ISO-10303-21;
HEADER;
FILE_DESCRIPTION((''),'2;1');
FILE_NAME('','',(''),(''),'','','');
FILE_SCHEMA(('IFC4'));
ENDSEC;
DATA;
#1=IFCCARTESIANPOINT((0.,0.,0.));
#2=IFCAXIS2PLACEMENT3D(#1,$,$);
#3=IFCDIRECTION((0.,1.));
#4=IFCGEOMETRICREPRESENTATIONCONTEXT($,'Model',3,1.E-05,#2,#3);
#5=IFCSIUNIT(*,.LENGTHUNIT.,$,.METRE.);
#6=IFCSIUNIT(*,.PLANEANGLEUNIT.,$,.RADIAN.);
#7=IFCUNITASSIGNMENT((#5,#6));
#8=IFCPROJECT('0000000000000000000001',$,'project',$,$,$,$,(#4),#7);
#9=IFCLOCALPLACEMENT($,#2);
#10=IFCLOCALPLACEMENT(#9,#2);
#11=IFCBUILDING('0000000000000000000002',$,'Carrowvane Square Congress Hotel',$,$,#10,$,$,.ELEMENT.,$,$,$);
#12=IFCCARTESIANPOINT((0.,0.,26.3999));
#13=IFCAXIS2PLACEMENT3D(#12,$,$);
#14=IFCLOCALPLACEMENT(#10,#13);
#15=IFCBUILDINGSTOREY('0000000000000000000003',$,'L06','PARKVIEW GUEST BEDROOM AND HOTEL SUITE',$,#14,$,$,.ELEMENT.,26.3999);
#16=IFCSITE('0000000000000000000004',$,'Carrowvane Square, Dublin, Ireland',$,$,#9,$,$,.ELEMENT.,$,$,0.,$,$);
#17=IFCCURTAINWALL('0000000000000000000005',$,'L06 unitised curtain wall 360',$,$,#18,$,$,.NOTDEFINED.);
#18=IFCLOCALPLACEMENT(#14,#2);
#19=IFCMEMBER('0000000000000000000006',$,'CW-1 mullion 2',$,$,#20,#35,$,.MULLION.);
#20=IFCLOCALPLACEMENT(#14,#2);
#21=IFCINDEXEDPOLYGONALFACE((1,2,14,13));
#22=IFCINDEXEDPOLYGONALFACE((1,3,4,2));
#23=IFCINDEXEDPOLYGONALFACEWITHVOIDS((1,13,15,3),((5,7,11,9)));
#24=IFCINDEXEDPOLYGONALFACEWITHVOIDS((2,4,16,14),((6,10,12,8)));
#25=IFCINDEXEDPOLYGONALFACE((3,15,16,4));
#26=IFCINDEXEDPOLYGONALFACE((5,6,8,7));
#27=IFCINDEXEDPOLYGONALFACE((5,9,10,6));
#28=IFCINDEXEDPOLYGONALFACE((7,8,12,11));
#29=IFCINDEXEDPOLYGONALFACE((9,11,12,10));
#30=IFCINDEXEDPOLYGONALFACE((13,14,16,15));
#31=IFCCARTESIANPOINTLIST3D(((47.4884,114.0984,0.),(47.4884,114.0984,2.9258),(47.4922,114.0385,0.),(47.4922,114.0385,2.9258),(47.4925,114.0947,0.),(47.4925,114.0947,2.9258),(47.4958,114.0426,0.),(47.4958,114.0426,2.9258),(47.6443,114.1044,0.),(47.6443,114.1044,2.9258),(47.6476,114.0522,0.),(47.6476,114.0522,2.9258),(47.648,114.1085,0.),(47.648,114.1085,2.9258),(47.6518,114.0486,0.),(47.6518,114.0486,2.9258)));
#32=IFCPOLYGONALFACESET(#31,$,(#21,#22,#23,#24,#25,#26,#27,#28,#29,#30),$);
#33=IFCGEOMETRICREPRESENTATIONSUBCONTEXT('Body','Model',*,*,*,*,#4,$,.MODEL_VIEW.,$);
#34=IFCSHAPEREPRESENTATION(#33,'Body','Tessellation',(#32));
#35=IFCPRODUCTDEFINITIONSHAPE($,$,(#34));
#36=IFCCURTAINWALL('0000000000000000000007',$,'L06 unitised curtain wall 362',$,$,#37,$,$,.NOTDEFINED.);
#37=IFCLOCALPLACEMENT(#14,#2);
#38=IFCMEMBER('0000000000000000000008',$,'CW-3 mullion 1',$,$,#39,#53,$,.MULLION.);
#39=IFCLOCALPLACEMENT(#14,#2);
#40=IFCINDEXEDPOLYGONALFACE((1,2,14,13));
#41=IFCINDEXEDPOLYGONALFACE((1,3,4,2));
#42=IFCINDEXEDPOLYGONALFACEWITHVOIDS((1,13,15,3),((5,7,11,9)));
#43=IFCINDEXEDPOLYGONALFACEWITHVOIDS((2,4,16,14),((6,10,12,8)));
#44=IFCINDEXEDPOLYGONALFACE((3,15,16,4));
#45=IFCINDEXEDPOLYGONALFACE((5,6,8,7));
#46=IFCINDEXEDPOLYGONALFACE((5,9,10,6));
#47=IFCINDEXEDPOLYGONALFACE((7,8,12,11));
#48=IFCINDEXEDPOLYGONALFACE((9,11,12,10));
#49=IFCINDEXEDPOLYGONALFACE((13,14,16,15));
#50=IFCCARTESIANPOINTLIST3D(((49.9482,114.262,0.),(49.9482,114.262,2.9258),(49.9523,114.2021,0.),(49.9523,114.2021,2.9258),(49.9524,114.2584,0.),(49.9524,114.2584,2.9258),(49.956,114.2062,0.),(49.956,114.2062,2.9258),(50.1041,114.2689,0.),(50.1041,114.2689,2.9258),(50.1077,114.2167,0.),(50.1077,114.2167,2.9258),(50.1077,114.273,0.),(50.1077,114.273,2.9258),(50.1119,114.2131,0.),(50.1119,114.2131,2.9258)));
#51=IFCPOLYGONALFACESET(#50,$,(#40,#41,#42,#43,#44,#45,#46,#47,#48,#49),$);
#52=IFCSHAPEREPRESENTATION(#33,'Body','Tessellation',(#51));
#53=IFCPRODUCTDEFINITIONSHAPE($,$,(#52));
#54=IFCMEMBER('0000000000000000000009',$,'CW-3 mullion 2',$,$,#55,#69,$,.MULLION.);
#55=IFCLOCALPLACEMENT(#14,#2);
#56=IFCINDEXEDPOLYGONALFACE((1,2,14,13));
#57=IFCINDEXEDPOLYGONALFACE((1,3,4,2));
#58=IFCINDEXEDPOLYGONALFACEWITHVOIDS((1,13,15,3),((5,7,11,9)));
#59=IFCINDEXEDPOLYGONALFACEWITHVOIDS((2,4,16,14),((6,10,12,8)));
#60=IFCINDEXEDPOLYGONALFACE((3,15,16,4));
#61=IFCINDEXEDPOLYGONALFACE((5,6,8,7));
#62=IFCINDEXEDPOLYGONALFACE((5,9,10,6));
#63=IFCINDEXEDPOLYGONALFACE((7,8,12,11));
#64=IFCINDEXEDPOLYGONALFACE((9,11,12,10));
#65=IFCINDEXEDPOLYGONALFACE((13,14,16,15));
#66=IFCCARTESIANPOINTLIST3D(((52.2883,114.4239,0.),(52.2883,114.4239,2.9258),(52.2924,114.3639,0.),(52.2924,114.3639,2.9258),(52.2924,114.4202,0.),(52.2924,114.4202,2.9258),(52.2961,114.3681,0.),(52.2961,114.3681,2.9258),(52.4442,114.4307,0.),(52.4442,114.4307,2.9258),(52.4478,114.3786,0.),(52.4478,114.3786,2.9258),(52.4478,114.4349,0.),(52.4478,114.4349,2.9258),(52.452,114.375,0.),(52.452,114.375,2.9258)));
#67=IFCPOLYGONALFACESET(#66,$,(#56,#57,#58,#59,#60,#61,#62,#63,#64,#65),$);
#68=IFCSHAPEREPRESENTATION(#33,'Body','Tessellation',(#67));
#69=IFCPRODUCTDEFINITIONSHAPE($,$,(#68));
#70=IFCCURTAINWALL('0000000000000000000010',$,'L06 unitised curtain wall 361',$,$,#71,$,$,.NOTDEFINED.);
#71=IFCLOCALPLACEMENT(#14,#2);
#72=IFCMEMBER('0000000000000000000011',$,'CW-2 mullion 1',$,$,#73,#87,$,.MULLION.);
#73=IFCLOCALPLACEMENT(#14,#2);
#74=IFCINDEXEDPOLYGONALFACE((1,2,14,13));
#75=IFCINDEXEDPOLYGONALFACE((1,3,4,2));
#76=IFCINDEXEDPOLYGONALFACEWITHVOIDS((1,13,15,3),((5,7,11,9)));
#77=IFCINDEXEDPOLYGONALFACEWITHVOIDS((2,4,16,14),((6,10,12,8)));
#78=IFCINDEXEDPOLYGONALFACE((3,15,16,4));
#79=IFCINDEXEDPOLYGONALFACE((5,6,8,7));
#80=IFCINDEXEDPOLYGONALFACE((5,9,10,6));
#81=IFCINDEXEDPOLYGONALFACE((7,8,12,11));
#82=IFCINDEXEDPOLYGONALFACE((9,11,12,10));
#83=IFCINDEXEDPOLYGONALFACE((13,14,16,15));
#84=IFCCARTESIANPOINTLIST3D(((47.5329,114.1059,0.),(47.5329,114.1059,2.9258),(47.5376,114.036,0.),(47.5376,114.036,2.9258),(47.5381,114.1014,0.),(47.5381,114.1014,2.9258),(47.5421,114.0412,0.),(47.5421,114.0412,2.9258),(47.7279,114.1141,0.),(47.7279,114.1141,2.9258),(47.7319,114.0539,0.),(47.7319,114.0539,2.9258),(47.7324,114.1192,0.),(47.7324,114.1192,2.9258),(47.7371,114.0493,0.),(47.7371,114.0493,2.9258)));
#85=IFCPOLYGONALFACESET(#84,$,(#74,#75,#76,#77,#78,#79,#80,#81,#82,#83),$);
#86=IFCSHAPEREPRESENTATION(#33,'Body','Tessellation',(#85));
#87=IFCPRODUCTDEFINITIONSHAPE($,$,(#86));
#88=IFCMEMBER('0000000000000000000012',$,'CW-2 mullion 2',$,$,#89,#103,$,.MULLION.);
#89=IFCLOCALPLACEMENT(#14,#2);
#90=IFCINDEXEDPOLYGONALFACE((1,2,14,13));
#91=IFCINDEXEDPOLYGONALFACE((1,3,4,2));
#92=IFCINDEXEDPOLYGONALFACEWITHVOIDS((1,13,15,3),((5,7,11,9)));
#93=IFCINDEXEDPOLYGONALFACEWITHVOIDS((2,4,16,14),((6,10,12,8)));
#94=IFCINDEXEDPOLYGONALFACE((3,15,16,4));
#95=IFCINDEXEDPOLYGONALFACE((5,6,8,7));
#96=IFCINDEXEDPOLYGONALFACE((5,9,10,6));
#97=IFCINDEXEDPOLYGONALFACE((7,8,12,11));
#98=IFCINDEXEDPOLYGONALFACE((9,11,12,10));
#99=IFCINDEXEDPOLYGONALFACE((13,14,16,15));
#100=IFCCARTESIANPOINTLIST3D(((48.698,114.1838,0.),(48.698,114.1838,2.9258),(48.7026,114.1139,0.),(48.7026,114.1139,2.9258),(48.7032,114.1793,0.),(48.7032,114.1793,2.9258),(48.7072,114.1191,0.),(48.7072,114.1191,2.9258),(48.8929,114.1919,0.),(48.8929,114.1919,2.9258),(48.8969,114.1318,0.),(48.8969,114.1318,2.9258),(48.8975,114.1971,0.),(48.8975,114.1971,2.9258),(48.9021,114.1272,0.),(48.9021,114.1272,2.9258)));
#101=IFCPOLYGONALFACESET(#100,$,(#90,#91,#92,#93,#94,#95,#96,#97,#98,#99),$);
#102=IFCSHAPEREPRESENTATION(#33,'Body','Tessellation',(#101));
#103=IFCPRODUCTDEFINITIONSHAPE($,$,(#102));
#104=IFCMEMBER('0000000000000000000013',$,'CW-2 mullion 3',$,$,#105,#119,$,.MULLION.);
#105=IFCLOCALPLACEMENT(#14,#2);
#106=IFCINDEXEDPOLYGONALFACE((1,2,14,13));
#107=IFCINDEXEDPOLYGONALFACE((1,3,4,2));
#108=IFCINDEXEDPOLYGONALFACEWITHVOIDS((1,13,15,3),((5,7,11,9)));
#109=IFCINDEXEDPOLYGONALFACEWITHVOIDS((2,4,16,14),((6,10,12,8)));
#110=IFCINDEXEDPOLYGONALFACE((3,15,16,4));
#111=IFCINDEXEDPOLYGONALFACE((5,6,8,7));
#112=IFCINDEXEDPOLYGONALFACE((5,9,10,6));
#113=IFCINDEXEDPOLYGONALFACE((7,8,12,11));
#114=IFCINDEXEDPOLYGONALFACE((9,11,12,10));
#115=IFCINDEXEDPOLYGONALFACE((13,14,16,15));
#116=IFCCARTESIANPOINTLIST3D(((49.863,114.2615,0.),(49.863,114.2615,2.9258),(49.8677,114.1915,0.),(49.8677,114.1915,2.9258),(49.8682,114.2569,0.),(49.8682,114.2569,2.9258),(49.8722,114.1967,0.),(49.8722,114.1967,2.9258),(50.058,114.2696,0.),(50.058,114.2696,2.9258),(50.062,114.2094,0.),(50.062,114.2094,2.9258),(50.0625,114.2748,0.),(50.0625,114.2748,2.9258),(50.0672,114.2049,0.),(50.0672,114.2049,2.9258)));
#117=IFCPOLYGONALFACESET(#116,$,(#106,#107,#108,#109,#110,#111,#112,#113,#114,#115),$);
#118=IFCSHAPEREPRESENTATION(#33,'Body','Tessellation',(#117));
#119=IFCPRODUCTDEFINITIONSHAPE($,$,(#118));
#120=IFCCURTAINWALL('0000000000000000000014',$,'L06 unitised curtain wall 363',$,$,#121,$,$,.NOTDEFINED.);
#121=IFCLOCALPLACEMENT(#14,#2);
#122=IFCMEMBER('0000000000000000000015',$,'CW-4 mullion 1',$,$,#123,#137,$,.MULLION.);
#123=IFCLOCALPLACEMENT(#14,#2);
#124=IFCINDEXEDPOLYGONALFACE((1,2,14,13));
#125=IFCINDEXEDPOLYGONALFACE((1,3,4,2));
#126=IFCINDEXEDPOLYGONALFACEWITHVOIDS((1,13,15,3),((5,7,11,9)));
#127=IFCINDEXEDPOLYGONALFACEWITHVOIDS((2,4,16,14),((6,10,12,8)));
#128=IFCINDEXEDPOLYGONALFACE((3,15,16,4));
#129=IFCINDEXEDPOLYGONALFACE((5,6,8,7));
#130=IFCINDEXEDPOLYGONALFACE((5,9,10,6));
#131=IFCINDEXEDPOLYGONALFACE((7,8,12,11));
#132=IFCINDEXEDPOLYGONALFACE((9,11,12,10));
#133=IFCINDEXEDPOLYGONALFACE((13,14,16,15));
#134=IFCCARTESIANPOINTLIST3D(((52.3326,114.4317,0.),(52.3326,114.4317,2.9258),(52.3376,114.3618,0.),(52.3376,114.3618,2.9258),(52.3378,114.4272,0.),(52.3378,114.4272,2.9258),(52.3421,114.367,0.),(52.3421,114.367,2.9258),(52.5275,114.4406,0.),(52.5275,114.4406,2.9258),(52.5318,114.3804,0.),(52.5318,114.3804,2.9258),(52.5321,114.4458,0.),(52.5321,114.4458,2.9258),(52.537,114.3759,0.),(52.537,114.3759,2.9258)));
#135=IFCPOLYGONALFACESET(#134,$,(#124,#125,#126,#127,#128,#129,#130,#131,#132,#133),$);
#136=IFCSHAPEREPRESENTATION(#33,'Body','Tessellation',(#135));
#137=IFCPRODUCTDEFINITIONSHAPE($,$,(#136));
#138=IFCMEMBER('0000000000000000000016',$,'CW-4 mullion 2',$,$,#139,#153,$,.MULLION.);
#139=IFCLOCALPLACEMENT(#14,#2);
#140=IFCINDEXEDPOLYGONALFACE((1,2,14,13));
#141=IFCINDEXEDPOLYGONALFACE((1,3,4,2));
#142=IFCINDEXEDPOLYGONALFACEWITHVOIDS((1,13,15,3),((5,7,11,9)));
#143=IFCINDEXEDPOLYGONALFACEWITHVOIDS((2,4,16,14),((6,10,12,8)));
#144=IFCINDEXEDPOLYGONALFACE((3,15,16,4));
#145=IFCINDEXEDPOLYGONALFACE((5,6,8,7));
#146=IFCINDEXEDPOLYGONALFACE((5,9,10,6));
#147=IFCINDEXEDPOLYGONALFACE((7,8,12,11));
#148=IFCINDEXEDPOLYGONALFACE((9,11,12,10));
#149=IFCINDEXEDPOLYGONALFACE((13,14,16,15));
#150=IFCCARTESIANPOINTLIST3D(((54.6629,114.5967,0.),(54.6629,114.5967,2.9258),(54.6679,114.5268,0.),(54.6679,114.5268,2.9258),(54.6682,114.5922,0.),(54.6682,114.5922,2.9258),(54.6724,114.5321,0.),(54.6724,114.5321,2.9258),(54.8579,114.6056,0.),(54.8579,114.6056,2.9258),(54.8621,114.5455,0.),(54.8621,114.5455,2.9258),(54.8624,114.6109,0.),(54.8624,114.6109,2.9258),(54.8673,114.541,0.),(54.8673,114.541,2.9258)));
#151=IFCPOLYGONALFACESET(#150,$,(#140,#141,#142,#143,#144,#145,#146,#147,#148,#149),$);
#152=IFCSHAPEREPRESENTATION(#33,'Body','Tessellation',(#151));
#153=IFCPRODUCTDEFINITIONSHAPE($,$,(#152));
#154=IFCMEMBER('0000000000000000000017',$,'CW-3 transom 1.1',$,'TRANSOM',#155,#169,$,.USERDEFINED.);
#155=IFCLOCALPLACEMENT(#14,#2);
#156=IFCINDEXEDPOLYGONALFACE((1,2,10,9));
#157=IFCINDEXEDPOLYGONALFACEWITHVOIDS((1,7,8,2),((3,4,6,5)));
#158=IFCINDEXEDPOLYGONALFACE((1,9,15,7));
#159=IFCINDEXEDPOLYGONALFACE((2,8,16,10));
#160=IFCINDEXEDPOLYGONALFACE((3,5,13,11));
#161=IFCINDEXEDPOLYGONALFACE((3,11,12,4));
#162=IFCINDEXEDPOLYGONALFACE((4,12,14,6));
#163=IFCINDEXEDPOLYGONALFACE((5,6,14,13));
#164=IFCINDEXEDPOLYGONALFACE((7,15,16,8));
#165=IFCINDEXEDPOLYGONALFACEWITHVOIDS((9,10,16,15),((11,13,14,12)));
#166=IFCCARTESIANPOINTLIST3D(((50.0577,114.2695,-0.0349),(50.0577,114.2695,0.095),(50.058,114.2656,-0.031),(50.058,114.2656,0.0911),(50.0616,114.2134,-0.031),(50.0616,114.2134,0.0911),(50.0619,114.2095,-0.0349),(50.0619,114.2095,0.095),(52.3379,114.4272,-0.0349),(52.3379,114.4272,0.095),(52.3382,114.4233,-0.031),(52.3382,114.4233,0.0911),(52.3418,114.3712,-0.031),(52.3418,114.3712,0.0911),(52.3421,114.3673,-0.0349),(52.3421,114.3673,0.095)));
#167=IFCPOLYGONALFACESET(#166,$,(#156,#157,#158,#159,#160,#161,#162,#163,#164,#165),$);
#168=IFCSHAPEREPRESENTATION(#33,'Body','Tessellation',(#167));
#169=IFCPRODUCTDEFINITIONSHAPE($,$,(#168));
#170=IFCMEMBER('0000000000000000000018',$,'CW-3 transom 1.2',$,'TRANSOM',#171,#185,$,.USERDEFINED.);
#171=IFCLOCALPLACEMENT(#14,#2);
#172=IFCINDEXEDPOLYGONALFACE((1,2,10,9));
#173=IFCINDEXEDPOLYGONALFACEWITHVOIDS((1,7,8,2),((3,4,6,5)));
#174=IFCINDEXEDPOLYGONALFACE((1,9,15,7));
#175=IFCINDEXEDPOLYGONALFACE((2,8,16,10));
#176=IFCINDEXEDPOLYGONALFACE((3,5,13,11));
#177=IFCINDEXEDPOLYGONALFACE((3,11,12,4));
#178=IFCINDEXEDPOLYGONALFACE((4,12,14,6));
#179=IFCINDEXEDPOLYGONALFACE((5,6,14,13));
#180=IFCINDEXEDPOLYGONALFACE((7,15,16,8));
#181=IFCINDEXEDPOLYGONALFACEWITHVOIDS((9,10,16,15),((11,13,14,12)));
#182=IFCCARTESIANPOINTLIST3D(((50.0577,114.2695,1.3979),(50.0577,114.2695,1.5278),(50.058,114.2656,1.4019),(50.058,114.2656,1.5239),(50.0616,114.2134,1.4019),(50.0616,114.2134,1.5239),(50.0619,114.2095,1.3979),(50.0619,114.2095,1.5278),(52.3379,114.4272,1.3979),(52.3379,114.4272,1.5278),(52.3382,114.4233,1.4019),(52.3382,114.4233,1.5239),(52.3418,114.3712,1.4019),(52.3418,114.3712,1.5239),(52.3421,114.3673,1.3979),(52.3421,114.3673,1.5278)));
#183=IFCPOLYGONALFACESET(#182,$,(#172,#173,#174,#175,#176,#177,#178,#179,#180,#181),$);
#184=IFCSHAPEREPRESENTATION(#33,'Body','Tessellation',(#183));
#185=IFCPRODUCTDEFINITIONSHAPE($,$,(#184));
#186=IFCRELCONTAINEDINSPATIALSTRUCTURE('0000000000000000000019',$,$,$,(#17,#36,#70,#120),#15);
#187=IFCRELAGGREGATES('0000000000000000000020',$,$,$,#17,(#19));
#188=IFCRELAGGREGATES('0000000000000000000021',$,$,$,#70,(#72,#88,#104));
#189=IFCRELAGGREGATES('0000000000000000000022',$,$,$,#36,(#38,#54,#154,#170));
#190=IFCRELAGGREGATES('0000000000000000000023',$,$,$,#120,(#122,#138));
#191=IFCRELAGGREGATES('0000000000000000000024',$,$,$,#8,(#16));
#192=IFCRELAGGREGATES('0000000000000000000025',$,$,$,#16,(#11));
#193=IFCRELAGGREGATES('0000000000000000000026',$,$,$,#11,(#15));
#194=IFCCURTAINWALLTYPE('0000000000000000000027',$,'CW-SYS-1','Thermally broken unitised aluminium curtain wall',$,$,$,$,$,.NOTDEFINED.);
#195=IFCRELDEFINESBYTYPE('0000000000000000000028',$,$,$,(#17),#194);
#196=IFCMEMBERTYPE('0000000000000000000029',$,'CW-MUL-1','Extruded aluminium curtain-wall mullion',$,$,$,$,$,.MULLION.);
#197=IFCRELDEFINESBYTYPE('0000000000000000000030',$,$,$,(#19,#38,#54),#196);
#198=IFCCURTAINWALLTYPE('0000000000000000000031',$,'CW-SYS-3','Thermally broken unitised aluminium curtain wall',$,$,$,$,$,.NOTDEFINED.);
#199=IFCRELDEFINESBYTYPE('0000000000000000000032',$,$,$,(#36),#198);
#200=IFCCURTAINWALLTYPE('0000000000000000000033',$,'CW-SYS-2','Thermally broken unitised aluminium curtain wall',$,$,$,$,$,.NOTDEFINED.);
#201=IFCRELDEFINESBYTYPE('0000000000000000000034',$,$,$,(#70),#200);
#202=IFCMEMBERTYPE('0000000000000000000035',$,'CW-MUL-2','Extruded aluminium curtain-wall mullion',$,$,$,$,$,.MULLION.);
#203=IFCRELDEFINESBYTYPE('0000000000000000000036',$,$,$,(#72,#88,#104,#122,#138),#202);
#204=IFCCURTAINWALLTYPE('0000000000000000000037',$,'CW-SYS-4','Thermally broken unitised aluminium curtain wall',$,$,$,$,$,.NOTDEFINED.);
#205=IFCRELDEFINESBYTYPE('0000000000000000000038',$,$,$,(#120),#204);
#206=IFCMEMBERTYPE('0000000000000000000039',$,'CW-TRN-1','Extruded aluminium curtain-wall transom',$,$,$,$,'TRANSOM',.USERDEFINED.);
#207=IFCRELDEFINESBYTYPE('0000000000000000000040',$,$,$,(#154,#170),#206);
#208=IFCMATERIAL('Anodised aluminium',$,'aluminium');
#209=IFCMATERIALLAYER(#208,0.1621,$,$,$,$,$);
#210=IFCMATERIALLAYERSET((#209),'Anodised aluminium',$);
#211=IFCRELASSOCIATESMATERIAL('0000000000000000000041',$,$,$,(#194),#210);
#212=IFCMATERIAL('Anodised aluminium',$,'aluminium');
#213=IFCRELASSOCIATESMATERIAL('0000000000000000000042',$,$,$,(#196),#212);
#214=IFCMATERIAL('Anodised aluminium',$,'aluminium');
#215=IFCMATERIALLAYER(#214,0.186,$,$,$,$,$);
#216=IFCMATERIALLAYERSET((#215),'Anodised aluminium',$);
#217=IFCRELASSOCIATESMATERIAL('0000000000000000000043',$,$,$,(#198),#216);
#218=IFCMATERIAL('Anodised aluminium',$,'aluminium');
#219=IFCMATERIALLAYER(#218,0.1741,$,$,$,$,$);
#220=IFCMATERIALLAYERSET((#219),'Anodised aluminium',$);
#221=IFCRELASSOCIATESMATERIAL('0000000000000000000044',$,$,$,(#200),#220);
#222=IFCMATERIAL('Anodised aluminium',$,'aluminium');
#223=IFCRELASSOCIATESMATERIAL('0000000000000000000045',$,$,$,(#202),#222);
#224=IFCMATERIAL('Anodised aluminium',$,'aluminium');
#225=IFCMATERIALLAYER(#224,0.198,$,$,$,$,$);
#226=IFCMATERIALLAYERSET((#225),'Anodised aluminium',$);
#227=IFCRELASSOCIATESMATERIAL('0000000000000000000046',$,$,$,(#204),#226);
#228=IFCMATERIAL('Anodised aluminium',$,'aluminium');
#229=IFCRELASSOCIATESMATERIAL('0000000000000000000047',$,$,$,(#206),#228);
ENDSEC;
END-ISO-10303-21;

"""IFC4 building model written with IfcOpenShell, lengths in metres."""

from ifc_helpers import new_model, si_unit, direction, frame, origin, origin_2d, place, context, subcontext, project, spatial, hollow_rectangle, extrude, material, layer, layer_set, material_profile, profile_set, type_object, element, aggregate, save


model = new_model("IFC4")

# Units and contexts
model_context = context("Model", 3, precision=1e-05, world=origin(), true_north=direction((0.0, 1.0)))
body_context = subcontext(model_context, "Body", "Model", "MODEL_VIEW")
ifc_project = project(units=[si_unit("LENGTHUNIT", "METRE"), si_unit("PLANEANGLEUNIT", "RADIAN")], contexts=[model_context])

# Site, building, storey
site_placement = place(None, origin())
site = spatial("IfcSite", under=ifc_project, at=site_placement, Name="Carrowvane Square, Dublin, Ireland", CompositionType="ELEMENT", RefElevation=0.0)
building_placement = place(site_placement, origin())
building = spatial("IfcBuilding", under=site, at=building_placement, Name="Carrowvane Square Congress Hotel", CompositionType="ELEMENT")
storey_placement = place(building_placement, frame((0.0, 0.0, 26.3999)))
storey = spatial("IfcBuildingStorey", under=building, at=storey_placement, Name="L06", Description="PARKVIEW GUEST BEDROOM AND HOTEL SUITE", CompositionType="ELEMENT", Elevation=26.3999)

# Curtain wall, member
ifc_material_1 = material(Name="Anodised aluminium", Category="aluminium")
ifc_layer_1 = layer(ifc_material_1, 0.1621)
ifc_layer_set_1 = layer_set([ifc_layer_1], Name="Anodised aluminium")
curtain_wall_type_1 = type_object("IfcCurtainWallType", Name="CW-SYS-1", Description="Thermally broken unitised aluminium curtain wall", PredefinedType="NOTDEFINED", material=ifc_layer_set_1)
curtain_wall_1_placement = place(storey_placement, origin())
curtain_wall_1 = element("IfcCurtainWall", 1, at=curtain_wall_1_placement, inside=storey, type_object=curtain_wall_type_1, Name="L06 unitised curtain wall 360", PredefinedType="NOTDEFINED")
ifc_material_2 = material(Name="Anodised aluminium", Category="aluminium")
ifc_material_profile_1 = material_profile(ifc_material_2, hollow_rectangle(XDim=0.0601, YDim=0.1599, WallThickness=0.0039, at=origin_2d()), Name="CW-ML 60x160x4")
ifc_profile_set_1 = profile_set([ifc_material_profile_1], Name="Anodised aluminium")
member_type_1 = type_object("IfcMemberType", Name="CW-MUL-1", Description="Extruded aluminium curtain-wall mullion", PredefinedType="MULLION", material=ifc_profile_set_1)
member_1_placement = place(storey_placement, frame((47.5701, 114.0735, 0.0), z_axis=(0.0, 0.0, 1.0), x_axis=(-0.063273, 0.997996, 0.0)))
member_1 = element("IfcMember", 2, at=member_1_placement, type_object=member_type_1, Name="CW-1 mullion 2", PredefinedType="MULLION", context=body_context, shape_type="SweptSolid", body=[
    extrude(hollow_rectangle(XDim=0.0601, YDim=0.1599, WallThickness=0.0039, at=origin_2d()), origin(), (0.0, 0.0, 1.0), 2.9258),
])

# Curtain walls, members
ifc_material_3 = material(Name="Anodised aluminium", Category="aluminium")
ifc_layer_2 = layer(ifc_material_3, 0.186)
ifc_layer_set_2 = layer_set([ifc_layer_2], Name="Anodised aluminium")
curtain_wall_type_2 = type_object("IfcCurtainWallType", Name="CW-SYS-3", Description="Thermally broken unitised aluminium curtain wall", PredefinedType="NOTDEFINED", material=ifc_layer_set_2)
curtain_wall_2_placement = place(storey_placement, origin())
curtain_wall_2 = element("IfcCurtainWall", 3, at=curtain_wall_2_placement, inside=storey, type_object=curtain_wall_type_2, Name="L06 unitised curtain wall 362", PredefinedType="NOTDEFINED")
member_2_placement = place(storey_placement, frame((50.03, 114.2375, 0.0), z_axis=(0.0, 0.0, 1.0), x_axis=(-0.068986, 0.997618, 0.0)))
member_2 = element("IfcMember", 4, at=member_2_placement, type_object=member_type_1, Name="CW-3 mullion 1", PredefinedType="MULLION", context=body_context, shape_type="SweptSolid", body=[
    extrude(hollow_rectangle(XDim=0.0601, YDim=0.1599, WallThickness=0.0039, at=origin_2d()), origin(), (0.0, 0.0, 1.0), 2.9258),
])
member_3_placement = place(storey_placement, frame((52.3701, 114.3994, 0.0), z_axis=(0.0, 0.0, 1.0), x_axis=(-0.068986, 0.997618, 0.0)))
member_3 = element("IfcMember", 5, at=member_3_placement, type_object=member_type_1, Name="CW-3 mullion 2", PredefinedType="MULLION", context=body_context, shape_type="SweptSolid", body=[
    extrude(hollow_rectangle(XDim=0.0601, YDim=0.1599, WallThickness=0.0039, at=origin_2d()), origin(), (0.0, 0.0, 1.0), 2.9258),
])
ifc_material_4 = material(Name="Anodised aluminium", Category="aluminium")
ifc_layer_3 = layer(ifc_material_4, 0.1741)
ifc_layer_set_3 = layer_set([ifc_layer_3], Name="Anodised aluminium")
curtain_wall_type_3 = type_object("IfcCurtainWallType", Name="CW-SYS-2", Description="Thermally broken unitised aluminium curtain wall", PredefinedType="NOTDEFINED", material=ifc_layer_set_3)
curtain_wall_3_placement = place(storey_placement, origin())
curtain_wall_3 = element("IfcCurtainWall", 6, at=curtain_wall_3_placement, inside=storey, type_object=curtain_wall_type_3, Name="L06 unitised curtain wall 361", PredefinedType="NOTDEFINED")
ifc_material_5 = material(Name="Anodised aluminium", Category="aluminium")
ifc_material_profile_2 = material_profile(ifc_material_5, hollow_rectangle(XDim=0.0701, YDim=0.2, WallThickness=0.0049, at=origin_2d()), Name="CW-ML 70x200x5")
ifc_profile_set_2 = profile_set([ifc_material_profile_2], Name="Anodised aluminium")
member_type_2 = type_object("IfcMemberType", Name="CW-MUL-2", Description="Extruded aluminium curtain-wall mullion", PredefinedType="MULLION", material=ifc_profile_set_2)
member_4_placement = place(storey_placement, frame((47.635, 114.0776, 0.0), z_axis=(0.0, 0.0, 1.0), x_axis=(-0.066578, 0.997781, 0.0)))
member_4 = element("IfcMember", 7, at=member_4_placement, type_object=member_type_2, Name="CW-2 mullion 1", PredefinedType="MULLION", context=body_context, shape_type="SweptSolid", body=[
    extrude(hollow_rectangle(XDim=0.0701, YDim=0.2, WallThickness=0.0049, at=origin_2d()), origin(), (0.0, 0.0, 1.0), 2.9258),
])
member_5_placement = place(storey_placement, frame((48.8, 114.1555, 0.0), z_axis=(0.0, 0.0, 1.0), x_axis=(-0.066578, 0.997781, 0.0)))
member_5 = element("IfcMember", 8, at=member_5_placement, type_object=member_type_2, Name="CW-2 mullion 2", PredefinedType="MULLION", context=body_context, shape_type="SweptSolid", body=[
    extrude(hollow_rectangle(XDim=0.0701, YDim=0.2, WallThickness=0.0049, at=origin_2d()), origin(), (0.0, 0.0, 1.0), 2.9258),
])
member_6_placement = place(storey_placement, frame((49.9651, 114.2332, 0.0), z_axis=(0.0, 0.0, 1.0), x_axis=(-0.066578, 0.997781, 0.0)))
member_6 = element("IfcMember", 9, at=member_6_placement, type_object=member_type_2, Name="CW-2 mullion 3", PredefinedType="MULLION", context=body_context, shape_type="SweptSolid", body=[
    extrude(hollow_rectangle(XDim=0.0701, YDim=0.2, WallThickness=0.0049, at=origin_2d()), origin(), (0.0, 0.0, 1.0), 2.9258),
])
ifc_material_6 = material(Name="Anodised aluminium", Category="aluminium")
ifc_layer_4 = layer(ifc_material_6, 0.198)
ifc_layer_set_4 = layer_set([ifc_layer_4], Name="Anodised aluminium")
curtain_wall_type_4 = type_object("IfcCurtainWallType", Name="CW-SYS-4", Description="Thermally broken unitised aluminium curtain wall", PredefinedType="NOTDEFINED", material=ifc_layer_set_4)
curtain_wall_4_placement = place(storey_placement, origin())
curtain_wall_4 = element("IfcCurtainWall", 10, at=curtain_wall_4_placement, inside=storey, type_object=curtain_wall_type_4, Name="L06 unitised curtain wall 363", PredefinedType="NOTDEFINED")
member_7_placement = place(storey_placement, frame((52.4348, 114.4038, 0.0), z_axis=(0.0, 0.0, 1.0), x_axis=(-0.070586, 0.997506, 0.0)))
member_7 = element("IfcMember", 11, at=member_7_placement, type_object=member_type_2, Name="CW-4 mullion 1", PredefinedType="MULLION", context=body_context, shape_type="SweptSolid", body=[
    extrude(hollow_rectangle(XDim=0.0701, YDim=0.2, WallThickness=0.0049, at=origin_2d()), origin(), (0.0, 0.0, 1.0), 2.9258),
])
member_8_placement = place(storey_placement, frame((54.7651, 114.5688, 0.0), z_axis=(0.0, 0.0, 1.0), x_axis=(-0.070586, 0.997506, 0.0)))
member_8 = element("IfcMember", 12, at=member_8_placement, type_object=member_type_2, Name="CW-4 mullion 2", PredefinedType="MULLION", context=body_context, shape_type="SweptSolid", body=[
    extrude(hollow_rectangle(XDim=0.0701, YDim=0.2, WallThickness=0.0049, at=origin_2d()), origin(), (0.0, 0.0, 1.0), 2.9258),
])

# Members
ifc_material_7 = material(Name="Anodised aluminium", Category="aluminium")
ifc_material_profile_3 = material_profile(ifc_material_7, hollow_rectangle(XDim=0.0601, YDim=0.1299, WallThickness=0.0039, at=origin_2d()), Name="CW-TR 60x130x4")
ifc_profile_set_3 = profile_set([ifc_material_profile_3], Name="Anodised aluminium")
member_type_3 = type_object("IfcMemberType", Name="CW-TRN-1", Description="Extruded aluminium curtain-wall transom", ElementType="TRANSOM", PredefinedType="USERDEFINED", material=ifc_profile_set_3)
member_9_placement = place(storey_placement, frame((50.0598, 114.2395, 0.03), z_axis=(0.997617, 0.069, 0.0), x_axis=(-0.069, 0.997617, 0.0)))
member_9 = element("IfcMember", 13, at=member_9_placement, type_object=member_type_3, Name="CW-3 transom 1.1", ObjectType="TRANSOM", PredefinedType="USERDEFINED", context=body_context, shape_type="SweptSolid", body=[
    extrude(hollow_rectangle(XDim=0.0601, YDim=0.1299, WallThickness=0.0039, at=origin_2d()), origin(), (0.0, 0.0, 1.0), 2.2856),
])
member_10_placement = place(storey_placement, frame((50.0598, 114.2395, 1.4629), z_axis=(0.997617, 0.069, 0.0), x_axis=(-0.069, 0.997617, 0.0)))
member_10 = element("IfcMember", 14, at=member_10_placement, type_object=member_type_3, Name="CW-3 transom 1.2", ObjectType="TRANSOM", PredefinedType="USERDEFINED", context=body_context, shape_type="SweptSolid", body=[
    extrude(hollow_rectangle(XDim=0.0601, YDim=0.1299, WallThickness=0.0039, at=origin_2d()), origin(), (0.0, 0.0, 1.0), 2.2856),
])

aggregate(curtain_wall_1, [member_1])
aggregate(curtain_wall_3, [member_4, member_5, member_6])
aggregate(curtain_wall_2, [member_2, member_3, member_9, member_10])
aggregate(curtain_wall_4, [member_7, member_8])

save(model, "model.ifc")
